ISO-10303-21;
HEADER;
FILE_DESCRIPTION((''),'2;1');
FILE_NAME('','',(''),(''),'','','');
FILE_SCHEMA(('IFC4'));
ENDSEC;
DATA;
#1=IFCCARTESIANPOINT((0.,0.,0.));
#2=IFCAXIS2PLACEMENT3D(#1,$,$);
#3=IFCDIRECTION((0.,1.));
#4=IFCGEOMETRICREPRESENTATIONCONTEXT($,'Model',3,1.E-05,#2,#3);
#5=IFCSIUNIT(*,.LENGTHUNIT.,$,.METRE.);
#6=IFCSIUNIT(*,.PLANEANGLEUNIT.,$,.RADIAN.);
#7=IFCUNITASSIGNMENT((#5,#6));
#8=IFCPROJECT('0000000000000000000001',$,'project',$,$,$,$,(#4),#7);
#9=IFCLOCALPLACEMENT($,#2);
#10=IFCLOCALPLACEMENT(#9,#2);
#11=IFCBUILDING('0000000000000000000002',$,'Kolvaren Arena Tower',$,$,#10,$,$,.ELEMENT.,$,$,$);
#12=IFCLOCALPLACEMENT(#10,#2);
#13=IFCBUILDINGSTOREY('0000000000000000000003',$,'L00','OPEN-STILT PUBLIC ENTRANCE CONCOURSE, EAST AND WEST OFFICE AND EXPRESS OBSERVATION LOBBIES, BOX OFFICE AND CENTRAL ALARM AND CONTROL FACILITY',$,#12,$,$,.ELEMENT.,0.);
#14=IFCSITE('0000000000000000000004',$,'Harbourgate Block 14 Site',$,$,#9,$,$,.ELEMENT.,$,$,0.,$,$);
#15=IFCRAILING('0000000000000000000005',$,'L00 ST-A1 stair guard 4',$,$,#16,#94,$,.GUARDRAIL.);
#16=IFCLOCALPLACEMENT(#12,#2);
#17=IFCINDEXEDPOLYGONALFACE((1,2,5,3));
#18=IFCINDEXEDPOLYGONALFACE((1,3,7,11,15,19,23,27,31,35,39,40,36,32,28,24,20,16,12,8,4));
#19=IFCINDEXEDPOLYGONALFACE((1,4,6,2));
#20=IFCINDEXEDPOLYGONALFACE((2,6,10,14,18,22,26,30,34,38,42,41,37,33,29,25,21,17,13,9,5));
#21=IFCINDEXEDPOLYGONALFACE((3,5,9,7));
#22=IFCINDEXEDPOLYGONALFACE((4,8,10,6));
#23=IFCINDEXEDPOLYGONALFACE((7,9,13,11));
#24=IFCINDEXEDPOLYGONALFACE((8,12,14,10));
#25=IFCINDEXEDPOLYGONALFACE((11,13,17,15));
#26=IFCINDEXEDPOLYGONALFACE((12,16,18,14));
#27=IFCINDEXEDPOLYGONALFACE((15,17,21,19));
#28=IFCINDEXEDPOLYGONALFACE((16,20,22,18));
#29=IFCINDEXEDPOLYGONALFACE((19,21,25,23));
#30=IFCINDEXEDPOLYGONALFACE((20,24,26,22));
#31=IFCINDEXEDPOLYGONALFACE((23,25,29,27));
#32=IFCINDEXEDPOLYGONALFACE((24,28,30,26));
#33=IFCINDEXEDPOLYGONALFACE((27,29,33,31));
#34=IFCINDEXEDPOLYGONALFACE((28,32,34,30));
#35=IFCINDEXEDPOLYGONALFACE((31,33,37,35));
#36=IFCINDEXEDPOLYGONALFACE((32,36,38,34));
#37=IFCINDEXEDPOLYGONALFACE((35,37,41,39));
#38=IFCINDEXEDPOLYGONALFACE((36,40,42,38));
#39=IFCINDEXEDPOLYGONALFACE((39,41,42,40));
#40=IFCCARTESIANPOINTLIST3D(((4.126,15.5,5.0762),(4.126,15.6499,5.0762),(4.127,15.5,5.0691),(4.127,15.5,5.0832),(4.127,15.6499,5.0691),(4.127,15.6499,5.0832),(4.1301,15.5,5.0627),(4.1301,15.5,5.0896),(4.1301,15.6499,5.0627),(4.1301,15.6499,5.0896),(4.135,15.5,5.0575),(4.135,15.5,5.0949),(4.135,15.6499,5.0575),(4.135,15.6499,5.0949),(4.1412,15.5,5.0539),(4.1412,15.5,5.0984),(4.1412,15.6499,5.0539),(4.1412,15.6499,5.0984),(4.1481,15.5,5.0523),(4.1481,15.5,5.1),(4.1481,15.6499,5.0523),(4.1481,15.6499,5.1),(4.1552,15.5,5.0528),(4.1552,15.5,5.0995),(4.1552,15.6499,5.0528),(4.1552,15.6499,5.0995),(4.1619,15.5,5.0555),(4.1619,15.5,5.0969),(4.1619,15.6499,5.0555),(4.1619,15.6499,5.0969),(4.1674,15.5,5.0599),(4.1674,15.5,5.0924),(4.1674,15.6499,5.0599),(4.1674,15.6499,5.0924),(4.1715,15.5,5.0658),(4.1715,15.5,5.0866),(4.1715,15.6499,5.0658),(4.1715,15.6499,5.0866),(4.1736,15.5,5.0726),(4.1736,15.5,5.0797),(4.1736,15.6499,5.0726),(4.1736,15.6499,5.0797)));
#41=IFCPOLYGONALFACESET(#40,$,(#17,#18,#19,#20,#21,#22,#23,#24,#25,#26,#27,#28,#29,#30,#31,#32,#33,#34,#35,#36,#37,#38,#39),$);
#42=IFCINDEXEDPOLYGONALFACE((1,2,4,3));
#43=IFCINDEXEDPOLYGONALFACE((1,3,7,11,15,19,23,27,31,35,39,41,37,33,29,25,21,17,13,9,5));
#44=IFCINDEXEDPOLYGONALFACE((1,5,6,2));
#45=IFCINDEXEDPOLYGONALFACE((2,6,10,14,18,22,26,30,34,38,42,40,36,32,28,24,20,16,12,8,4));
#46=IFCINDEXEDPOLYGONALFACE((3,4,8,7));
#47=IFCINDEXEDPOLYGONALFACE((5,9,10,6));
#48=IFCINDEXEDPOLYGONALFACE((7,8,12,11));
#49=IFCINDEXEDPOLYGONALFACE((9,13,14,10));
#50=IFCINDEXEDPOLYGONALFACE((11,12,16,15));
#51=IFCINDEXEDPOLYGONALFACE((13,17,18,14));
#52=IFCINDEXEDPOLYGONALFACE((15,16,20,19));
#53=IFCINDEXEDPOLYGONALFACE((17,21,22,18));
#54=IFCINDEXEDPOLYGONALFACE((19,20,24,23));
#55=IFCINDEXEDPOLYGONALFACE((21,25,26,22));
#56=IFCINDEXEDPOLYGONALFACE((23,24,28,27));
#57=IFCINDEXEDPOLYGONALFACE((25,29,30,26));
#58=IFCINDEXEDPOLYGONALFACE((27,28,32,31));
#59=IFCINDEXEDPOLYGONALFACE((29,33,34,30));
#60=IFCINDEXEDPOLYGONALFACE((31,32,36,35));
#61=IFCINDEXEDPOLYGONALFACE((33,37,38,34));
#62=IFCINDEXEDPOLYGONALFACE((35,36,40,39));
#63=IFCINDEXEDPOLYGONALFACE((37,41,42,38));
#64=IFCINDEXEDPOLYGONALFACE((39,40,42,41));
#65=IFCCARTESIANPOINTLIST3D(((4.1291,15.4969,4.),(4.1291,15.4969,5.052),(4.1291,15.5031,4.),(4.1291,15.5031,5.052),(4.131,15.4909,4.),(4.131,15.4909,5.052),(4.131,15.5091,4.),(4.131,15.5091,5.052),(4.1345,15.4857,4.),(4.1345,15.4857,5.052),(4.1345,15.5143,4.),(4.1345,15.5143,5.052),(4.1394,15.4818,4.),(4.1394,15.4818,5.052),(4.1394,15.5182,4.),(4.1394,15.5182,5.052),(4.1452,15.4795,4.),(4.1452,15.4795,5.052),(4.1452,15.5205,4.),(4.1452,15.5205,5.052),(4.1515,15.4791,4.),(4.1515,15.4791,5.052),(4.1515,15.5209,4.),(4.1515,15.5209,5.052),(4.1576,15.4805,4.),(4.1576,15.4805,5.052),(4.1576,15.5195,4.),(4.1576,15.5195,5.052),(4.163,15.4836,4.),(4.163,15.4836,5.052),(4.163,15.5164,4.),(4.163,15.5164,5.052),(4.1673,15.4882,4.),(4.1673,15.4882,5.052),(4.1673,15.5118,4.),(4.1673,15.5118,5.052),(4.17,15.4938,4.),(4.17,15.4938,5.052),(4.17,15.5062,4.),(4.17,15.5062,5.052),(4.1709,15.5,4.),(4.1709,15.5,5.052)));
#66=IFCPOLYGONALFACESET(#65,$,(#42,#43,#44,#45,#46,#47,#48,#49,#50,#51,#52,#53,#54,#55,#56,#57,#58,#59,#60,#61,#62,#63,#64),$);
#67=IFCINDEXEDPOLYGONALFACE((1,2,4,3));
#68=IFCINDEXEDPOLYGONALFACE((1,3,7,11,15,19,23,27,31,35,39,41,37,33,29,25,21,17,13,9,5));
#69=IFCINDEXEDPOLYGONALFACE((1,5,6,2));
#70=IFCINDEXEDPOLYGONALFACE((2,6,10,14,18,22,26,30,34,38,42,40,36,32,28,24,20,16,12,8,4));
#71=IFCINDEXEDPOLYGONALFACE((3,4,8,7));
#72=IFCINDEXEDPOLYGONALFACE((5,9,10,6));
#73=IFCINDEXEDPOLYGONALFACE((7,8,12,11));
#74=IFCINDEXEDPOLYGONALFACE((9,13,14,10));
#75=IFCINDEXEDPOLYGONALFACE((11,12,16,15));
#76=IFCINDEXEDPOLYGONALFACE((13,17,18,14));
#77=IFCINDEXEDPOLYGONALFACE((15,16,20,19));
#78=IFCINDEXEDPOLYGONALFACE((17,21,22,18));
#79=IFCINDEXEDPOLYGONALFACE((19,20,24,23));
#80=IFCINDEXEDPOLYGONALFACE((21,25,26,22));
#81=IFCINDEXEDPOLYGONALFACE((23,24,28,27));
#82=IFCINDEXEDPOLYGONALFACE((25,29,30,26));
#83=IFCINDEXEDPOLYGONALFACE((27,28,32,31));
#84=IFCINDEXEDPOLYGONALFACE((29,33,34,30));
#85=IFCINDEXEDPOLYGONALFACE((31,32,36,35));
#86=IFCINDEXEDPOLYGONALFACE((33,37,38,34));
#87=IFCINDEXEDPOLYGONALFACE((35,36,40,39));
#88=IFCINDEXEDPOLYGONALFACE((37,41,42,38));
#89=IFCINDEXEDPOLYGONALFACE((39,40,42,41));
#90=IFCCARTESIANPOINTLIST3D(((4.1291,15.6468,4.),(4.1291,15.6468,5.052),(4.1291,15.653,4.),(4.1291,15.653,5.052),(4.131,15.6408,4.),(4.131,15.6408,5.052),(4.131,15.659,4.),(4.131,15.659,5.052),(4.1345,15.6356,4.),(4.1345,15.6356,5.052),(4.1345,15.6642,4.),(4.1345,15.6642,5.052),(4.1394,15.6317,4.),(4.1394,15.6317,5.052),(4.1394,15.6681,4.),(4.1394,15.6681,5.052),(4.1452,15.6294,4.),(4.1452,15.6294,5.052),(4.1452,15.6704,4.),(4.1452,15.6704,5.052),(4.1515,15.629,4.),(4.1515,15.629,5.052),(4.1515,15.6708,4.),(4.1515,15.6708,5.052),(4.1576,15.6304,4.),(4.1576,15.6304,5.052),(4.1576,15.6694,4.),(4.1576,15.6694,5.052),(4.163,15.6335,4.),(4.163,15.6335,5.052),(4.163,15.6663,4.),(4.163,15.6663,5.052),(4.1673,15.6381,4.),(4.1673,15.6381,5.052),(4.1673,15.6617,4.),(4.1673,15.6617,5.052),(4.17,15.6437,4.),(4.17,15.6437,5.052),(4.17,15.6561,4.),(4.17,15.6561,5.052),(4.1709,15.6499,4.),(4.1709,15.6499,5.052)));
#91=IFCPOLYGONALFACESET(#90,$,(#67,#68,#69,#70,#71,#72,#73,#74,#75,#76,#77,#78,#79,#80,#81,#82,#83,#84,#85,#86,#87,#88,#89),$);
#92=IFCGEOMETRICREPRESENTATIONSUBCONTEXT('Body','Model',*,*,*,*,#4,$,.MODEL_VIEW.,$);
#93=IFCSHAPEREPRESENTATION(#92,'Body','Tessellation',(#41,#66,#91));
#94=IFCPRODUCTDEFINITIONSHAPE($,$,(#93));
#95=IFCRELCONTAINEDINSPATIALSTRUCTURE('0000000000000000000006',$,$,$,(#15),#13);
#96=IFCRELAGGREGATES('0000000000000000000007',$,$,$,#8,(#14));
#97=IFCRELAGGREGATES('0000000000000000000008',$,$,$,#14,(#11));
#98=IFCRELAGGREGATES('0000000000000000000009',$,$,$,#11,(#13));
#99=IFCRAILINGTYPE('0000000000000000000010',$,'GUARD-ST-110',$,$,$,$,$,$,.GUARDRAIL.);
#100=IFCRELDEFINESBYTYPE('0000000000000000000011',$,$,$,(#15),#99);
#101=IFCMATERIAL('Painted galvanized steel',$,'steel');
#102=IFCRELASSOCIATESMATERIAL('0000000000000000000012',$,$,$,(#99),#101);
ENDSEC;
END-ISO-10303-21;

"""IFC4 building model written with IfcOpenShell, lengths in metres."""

from ifc_helpers import new_model, si_unit, direction, frame, origin, origin_2d, place, context, subcontext, project, spatial, circle, extrude, material, type_object, element, save


model = new_model("IFC4")

# Units and contexts
model_context = context("Model", 3, precision=1e-05, world=origin(), true_north=direction((0.0, 1.0)))
body_context = subcontext(model_context, "Body", "Model", "MODEL_VIEW")
ifc_project = project(units=[si_unit("LENGTHUNIT", "METRE"), si_unit("PLANEANGLEUNIT", "RADIAN")], contexts=[model_context])

# Site, building, storey
site_placement = place(None, origin())
site = spatial("IfcSite", under=ifc_project, at=site_placement, Name="Harbourgate Block 14 Site", CompositionType="ELEMENT", RefElevation=0.0)
building_placement = place(site_placement, origin())
building = spatial("IfcBuilding", under=site, at=building_placement, Name="Kolvaren Arena Tower", CompositionType="ELEMENT")
storey_placement = place(building_placement, origin())
storey = spatial("IfcBuildingStorey", under=building, at=storey_placement, Name="L00", Description="OPEN-STILT PUBLIC ENTRANCE CONCOURSE, EAST AND WEST OFFICE AND EXPRESS OBSERVATION LOBBIES, BOX OFFICE AND CENTRAL ALARM AND CONTROL FACILITY", CompositionType="ELEMENT", Elevation=0.0)

# Railing
ifc_material_1 = material(Name="Painted galvanized steel", Category="steel")
railing_type_1 = type_object("IfcRailingType", Name="GUARD-ST-110", PredefinedType="GUARDRAIL", material=ifc_material_1)
railing_1_placement = place(storey_placement, frame((4.1499, 15.5, 4.0)))
element("IfcRailing", 1, at=railing_1_placement, inside=storey, type_object=railing_type_1, Name="L00 ST-A1 stair guard 4", PredefinedType="GUARDRAIL", context=body_context, shape_type="SweptSolid", body=[
    extrude(circle(Radius=0.0239, at=origin_2d()), frame((0.0, 0.0, 1.0762), z_axis=(0.0, 1.0, 0.0), x_axis=(-1.0, 0.0, 0.0)), (0.0, 0.0, 1.0), 0.1499),
    extrude(circle(Radius=0.021, at=origin_2d()), origin(), (0.0, 0.0, 1.0), 1.052),
    extrude(circle(Radius=0.021, at=origin_2d()), frame((0.0, 0.1499, 0.0)), (0.0, 0.0, 1.0), 1.052),
])

save(model, "model.ifc")
